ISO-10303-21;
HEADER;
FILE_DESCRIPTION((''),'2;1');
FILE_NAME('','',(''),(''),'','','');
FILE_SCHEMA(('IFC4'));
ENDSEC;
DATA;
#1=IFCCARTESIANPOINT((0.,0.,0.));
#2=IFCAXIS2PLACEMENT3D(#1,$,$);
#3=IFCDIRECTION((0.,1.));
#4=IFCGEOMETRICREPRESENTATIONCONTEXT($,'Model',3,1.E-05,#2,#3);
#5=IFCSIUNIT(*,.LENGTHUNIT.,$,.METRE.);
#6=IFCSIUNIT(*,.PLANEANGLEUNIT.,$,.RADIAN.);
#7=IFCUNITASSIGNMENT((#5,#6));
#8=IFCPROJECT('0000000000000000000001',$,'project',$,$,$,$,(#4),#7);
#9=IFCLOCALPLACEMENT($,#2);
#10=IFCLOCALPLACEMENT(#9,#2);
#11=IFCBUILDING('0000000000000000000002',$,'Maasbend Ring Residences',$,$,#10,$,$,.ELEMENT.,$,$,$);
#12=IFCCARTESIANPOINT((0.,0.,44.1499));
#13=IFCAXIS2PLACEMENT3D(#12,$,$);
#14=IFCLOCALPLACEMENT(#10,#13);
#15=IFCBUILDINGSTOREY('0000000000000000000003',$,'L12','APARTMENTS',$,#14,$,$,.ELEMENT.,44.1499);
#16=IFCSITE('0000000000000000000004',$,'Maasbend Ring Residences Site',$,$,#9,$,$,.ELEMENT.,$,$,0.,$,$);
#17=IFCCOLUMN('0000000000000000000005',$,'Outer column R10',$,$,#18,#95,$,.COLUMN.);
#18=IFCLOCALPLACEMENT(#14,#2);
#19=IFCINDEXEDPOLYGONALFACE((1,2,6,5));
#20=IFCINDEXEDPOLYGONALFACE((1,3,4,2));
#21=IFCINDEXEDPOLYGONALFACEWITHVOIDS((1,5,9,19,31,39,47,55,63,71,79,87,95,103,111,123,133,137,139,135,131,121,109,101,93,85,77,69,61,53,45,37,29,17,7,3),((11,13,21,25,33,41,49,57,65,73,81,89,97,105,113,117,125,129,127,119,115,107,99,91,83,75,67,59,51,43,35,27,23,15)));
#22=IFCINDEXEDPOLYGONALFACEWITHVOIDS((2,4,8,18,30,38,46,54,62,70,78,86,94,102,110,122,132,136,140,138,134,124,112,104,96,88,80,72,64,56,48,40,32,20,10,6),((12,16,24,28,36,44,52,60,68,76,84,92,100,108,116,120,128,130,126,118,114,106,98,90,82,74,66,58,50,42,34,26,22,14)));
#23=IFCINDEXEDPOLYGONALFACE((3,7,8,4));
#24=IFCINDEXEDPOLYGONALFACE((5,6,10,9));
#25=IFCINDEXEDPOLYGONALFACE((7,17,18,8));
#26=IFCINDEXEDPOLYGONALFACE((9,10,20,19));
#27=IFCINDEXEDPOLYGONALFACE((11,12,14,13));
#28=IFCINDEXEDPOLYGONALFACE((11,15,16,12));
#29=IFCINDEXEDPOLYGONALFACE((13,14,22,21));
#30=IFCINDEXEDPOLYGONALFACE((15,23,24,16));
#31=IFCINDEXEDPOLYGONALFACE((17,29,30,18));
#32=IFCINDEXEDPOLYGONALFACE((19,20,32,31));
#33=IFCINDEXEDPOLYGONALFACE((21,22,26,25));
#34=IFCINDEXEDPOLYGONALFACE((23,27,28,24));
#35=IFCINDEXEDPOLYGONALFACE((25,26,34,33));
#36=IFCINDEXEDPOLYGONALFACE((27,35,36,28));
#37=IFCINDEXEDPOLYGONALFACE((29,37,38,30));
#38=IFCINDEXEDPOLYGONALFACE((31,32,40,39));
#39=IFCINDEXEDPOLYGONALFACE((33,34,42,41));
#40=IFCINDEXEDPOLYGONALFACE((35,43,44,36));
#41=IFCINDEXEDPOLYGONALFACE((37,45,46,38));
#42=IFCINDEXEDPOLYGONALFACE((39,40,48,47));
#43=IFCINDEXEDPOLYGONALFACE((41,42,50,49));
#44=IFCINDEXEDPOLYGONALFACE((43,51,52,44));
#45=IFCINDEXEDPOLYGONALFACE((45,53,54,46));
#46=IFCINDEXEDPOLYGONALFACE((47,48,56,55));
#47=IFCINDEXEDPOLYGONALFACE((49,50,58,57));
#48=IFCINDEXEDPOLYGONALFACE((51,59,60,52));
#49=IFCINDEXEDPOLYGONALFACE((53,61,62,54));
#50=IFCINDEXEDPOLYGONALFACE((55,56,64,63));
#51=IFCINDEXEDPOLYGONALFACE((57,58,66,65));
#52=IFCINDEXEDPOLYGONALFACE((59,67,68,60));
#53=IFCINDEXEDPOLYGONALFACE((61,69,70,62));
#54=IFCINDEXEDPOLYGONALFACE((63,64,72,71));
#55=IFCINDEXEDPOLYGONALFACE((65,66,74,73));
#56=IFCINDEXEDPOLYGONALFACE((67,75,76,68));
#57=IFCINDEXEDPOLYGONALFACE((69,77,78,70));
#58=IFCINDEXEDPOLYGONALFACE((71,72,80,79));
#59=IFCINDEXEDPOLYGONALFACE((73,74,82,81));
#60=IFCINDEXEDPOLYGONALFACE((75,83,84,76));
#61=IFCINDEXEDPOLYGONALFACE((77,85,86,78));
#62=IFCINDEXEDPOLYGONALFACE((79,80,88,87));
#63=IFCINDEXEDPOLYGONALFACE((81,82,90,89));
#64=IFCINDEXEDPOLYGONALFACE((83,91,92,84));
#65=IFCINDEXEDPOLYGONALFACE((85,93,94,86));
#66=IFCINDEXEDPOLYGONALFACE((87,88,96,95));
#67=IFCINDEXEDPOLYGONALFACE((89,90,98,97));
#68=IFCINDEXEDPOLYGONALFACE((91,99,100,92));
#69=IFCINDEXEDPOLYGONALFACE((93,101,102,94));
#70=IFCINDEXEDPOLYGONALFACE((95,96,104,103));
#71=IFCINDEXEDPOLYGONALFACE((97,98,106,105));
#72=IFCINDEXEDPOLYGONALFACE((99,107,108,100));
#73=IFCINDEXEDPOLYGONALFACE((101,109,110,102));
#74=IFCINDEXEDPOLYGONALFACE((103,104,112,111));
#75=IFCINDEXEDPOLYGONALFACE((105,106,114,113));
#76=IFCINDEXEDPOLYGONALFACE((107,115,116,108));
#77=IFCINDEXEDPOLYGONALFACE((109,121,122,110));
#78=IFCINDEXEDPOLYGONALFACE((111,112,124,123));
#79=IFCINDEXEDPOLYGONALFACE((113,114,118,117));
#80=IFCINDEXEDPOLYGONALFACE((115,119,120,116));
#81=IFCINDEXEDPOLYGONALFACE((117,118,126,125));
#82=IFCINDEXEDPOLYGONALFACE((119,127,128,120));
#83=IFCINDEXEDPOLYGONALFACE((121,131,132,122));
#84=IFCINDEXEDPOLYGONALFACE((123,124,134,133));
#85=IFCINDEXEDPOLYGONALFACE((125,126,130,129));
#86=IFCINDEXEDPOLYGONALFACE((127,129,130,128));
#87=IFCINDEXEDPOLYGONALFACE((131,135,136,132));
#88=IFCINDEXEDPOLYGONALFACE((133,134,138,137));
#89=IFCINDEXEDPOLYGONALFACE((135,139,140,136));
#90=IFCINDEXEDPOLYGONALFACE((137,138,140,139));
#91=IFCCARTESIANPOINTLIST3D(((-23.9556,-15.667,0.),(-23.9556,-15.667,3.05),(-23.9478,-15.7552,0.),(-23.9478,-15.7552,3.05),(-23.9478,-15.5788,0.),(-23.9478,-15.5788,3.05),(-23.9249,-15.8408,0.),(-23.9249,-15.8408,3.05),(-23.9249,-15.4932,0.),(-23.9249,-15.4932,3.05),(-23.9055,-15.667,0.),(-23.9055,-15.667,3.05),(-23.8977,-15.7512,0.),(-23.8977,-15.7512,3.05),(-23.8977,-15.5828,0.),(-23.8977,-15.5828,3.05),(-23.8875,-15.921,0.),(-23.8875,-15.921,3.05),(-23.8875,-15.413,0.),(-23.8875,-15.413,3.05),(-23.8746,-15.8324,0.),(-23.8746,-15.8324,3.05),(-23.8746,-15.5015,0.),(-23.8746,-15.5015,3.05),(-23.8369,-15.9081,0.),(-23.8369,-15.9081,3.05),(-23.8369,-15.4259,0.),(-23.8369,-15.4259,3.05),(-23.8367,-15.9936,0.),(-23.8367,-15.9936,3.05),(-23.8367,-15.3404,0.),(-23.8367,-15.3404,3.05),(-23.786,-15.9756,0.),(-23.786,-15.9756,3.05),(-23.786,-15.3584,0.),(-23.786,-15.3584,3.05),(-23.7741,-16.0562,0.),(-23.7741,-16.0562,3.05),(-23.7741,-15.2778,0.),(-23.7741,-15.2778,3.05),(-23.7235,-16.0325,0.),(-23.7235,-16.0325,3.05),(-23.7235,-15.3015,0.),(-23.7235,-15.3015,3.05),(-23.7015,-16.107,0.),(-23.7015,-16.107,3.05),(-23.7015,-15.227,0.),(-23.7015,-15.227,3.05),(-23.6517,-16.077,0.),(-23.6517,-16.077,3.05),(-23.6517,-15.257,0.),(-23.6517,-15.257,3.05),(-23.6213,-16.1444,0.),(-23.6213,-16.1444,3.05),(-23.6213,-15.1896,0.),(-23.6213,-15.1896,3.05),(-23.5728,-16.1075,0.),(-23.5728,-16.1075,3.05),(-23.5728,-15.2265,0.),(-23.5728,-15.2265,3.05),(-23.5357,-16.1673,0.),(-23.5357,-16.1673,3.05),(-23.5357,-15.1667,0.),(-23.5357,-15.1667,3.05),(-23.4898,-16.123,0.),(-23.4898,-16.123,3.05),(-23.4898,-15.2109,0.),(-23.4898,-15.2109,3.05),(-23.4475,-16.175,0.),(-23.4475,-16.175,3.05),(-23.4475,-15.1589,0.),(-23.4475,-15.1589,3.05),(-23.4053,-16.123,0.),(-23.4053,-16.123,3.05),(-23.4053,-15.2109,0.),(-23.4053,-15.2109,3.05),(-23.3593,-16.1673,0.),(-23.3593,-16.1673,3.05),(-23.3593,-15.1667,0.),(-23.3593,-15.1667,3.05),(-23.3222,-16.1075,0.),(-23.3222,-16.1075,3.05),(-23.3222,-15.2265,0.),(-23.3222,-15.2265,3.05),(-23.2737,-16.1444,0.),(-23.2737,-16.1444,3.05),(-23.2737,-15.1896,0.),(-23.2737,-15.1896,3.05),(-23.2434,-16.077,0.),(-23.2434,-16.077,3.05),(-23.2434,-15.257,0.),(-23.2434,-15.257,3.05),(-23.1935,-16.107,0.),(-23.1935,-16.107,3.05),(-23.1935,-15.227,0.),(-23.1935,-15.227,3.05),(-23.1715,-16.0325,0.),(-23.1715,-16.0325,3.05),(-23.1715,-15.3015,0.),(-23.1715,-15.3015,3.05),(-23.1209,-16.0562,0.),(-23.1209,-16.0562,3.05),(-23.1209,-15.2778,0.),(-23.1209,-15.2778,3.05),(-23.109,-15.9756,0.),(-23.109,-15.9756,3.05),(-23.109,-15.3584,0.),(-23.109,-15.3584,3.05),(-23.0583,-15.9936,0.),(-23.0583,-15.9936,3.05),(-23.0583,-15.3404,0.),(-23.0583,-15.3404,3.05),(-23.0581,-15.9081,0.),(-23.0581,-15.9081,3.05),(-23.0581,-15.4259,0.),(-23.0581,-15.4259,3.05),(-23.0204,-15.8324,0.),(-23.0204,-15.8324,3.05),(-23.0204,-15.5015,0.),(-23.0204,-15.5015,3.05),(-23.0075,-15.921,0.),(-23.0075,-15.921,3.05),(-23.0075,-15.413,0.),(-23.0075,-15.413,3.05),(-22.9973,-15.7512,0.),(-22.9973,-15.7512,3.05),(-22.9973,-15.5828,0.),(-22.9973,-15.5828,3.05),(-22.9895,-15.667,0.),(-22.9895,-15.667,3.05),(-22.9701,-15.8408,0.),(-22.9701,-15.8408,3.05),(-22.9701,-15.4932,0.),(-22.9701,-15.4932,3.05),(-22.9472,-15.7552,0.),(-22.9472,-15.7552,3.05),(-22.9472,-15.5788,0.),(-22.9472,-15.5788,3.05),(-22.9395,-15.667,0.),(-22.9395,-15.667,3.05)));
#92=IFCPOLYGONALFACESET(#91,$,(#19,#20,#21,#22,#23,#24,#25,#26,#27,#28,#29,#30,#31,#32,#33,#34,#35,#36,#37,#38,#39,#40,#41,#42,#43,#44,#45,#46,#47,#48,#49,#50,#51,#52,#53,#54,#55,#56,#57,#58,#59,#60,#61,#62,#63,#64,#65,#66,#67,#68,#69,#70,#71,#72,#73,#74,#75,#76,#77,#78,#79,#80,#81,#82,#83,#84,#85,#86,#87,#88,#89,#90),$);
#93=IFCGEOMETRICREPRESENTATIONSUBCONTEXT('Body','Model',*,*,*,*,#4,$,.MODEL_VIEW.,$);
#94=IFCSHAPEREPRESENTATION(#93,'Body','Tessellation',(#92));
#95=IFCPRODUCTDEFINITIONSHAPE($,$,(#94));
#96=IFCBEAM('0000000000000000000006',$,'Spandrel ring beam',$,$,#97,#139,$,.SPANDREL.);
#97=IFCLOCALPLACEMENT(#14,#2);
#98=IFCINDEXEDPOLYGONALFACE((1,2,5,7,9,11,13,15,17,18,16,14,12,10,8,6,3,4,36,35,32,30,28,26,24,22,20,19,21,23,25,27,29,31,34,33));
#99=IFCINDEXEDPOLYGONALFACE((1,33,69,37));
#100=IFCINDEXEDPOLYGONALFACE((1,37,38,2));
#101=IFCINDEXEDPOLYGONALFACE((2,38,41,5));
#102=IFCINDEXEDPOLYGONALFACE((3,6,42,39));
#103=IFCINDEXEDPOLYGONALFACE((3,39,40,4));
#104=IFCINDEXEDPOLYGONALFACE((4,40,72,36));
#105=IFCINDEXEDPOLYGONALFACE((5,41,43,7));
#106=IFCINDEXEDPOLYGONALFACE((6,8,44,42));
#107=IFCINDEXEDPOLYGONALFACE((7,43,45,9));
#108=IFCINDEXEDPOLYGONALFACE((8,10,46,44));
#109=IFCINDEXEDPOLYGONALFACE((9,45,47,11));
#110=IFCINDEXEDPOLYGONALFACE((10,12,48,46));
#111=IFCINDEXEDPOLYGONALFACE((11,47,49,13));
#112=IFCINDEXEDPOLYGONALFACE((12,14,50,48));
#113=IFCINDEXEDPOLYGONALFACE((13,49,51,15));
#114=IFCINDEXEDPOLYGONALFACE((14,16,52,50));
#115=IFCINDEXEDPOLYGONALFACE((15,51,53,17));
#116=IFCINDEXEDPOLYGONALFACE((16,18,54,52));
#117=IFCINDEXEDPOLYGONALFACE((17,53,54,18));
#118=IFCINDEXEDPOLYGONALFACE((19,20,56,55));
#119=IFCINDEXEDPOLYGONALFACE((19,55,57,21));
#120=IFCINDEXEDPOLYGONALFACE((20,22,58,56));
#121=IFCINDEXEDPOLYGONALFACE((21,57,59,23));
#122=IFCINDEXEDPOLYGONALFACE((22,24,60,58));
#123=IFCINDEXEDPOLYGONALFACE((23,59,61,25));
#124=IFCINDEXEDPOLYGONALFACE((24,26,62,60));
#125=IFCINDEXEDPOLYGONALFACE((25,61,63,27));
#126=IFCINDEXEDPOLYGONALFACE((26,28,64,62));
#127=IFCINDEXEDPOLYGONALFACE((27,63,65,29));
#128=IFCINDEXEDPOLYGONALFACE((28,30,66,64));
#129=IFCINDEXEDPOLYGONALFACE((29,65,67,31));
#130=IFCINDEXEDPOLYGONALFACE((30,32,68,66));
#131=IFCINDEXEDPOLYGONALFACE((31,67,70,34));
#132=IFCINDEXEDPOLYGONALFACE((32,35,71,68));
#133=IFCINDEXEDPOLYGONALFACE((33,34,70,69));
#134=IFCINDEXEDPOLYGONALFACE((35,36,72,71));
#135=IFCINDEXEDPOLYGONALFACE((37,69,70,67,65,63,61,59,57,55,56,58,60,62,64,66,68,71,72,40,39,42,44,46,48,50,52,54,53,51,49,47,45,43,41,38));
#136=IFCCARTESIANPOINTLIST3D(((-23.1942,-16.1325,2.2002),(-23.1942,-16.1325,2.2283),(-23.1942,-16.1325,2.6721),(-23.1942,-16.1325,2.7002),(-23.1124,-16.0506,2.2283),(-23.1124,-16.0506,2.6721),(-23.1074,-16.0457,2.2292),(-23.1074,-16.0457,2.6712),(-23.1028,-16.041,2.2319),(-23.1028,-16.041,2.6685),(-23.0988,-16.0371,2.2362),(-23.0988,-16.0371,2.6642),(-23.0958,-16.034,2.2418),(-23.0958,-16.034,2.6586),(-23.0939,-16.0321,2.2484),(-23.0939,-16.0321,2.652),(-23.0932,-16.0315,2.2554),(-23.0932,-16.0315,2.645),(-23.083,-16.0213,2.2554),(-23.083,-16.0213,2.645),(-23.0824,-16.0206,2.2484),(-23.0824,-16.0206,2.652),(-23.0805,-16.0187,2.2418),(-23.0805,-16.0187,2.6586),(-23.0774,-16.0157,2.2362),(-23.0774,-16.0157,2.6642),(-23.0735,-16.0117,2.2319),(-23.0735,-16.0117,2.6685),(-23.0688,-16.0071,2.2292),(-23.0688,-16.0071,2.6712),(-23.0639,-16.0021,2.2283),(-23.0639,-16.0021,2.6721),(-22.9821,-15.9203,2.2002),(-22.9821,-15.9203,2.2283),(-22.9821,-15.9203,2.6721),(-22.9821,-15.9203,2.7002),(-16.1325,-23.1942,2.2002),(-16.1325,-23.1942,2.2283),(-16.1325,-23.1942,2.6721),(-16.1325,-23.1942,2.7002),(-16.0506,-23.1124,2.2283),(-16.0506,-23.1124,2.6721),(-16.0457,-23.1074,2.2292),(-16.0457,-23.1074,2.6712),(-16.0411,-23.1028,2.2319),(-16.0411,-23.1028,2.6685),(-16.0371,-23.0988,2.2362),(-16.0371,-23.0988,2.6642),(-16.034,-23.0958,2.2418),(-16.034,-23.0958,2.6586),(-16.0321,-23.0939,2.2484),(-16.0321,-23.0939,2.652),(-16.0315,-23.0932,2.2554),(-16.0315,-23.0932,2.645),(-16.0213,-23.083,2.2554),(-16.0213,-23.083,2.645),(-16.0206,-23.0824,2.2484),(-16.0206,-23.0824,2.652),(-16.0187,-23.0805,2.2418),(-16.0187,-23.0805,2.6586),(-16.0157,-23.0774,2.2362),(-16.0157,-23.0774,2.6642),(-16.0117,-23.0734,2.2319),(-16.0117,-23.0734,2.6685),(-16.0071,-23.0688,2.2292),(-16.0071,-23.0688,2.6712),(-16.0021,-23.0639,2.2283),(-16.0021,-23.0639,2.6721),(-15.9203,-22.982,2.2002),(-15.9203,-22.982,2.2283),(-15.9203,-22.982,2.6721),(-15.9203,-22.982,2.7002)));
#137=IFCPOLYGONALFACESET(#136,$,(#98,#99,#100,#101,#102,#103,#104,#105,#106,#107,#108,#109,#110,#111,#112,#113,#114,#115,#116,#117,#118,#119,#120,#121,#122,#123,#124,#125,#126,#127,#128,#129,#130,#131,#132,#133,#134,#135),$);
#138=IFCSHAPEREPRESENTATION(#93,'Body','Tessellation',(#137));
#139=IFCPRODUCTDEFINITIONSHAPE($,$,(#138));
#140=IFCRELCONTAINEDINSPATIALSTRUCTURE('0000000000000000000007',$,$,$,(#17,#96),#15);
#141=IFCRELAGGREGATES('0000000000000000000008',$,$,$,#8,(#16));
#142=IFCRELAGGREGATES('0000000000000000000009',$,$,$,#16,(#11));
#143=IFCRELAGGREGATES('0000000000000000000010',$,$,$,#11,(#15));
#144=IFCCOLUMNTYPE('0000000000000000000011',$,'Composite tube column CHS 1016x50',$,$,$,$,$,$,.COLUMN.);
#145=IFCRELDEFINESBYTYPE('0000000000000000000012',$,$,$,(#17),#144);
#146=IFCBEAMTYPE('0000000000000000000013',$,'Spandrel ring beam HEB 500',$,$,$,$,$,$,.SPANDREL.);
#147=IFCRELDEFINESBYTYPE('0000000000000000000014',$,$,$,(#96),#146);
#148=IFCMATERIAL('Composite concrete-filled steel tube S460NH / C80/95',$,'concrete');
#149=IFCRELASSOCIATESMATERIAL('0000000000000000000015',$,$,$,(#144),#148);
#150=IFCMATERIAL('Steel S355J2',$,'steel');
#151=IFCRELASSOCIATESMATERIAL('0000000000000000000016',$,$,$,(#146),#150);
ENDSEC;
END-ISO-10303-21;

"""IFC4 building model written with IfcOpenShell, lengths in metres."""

from ifc_helpers import new_model, si_unit, direction, frame, origin, origin_2d, place, context, subcontext, project, spatial, hollow_circle, i_section, extrude, material, material_profile, profile_set, type_object, element, save


model = new_model("IFC4")

# Units and contexts
model_context = context("Model", 3, precision=1e-05, world=origin(), true_north=direction((0.0, 1.0)))
body_context = subcontext(model_context, "Body", "Model", "MODEL_VIEW")
ifc_project = project(units=[si_unit("LENGTHUNIT", "METRE"), si_unit("PLANEANGLEUNIT", "RADIAN")], contexts=[model_context])

# Site, building, storey
site_placement = place(None, origin())
site = spatial("IfcSite", under=ifc_project, at=site_placement, Name="Maasbend Ring Residences Site", CompositionType="ELEMENT", RefElevation=0.0)
building_placement = place(site_placement, origin())
building = spatial("IfcBuilding", under=site, at=building_placement, Name="Maasbend Ring Residences", CompositionType="ELEMENT")
storey_placement = place(building_placement, frame((0.0, 0.0, 44.1499)))
storey = spatial("IfcBuildingStorey", under=building, at=storey_placement, Name="L12", Description="APARTMENTS", CompositionType="ELEMENT", Elevation=44.1499)

# Column
ifc_material_1 = material(Name="Composite concrete-filled steel tube S460NH / C80/95", Category="concrete")
ifc_material_profile_1 = material_profile(ifc_material_1, hollow_circle(Radius=0.5081, WallThickness=0.05, at=origin_2d()), Name="Composite tube column CHS 1016x50")
ifc_profile_set_1 = profile_set([ifc_material_profile_1], Name="Composite concrete-filled steel tube S460NH / C80/95")
column_type = type_object("IfcColumnType", Name="Composite tube column CHS 1016x50", PredefinedType="COLUMN", material=ifc_profile_set_1)
column_placement = place(storey_placement, frame((-23.4475, -15.667, 0.0), z_axis=(0.0, 0.0, 1.0), x_axis=(1.0, 0.0, 0.0)))
element("IfcColumn", 1, at=column_placement, inside=storey, type_object=column_type, Name="Outer column R10", PredefinedType="COLUMN", context=body_context, shape_type="SweptSolid", body=[
    extrude(hollow_circle(Radius=0.5081, WallThickness=0.05, at=origin_2d()), origin(), (0.0, 0.0, 1.0), 3.05),
])

# Beam
ifc_material_2 = material(Name="Steel S355J2", Category="steel")
ifc_material_profile_2 = material_profile(ifc_material_2, i_section(OverallWidth=0.3, OverallDepth=0.5, WebThickness=0.0144, FlangeThickness=0.0281, FilletRadius=0.0271, at=origin_2d()), Name="HEB 500")
ifc_profile_set_2 = profile_set([ifc_material_profile_2], Name="Steel S355J2")
beam_type = type_object("IfcBeamType", Name="Spandrel ring beam HEB 500", PredefinedType="SPANDREL", material=ifc_profile_set_2)
beam_placement = place(storey_placement, frame((-23.0881, -16.0264, 2.4502), z_axis=(0.707107, -0.707107, 0.0), x_axis=(0.707107, 0.707107, 0.0)))
element("IfcBeam", 2, at=beam_placement, inside=storey, type_object=beam_type, Name="Spandrel ring beam", PredefinedType="SPANDREL", context=body_context, shape_type="SweptSolid", body=[
    extrude(i_section(OverallWidth=0.3, OverallDepth=0.5, WebThickness=0.0144, FlangeThickness=0.0281, FilletRadius=0.0271, at=origin_2d()), origin(), (0.0, 0.0, 1.0), 9.9868),
])

save(model, "model.ifc")
